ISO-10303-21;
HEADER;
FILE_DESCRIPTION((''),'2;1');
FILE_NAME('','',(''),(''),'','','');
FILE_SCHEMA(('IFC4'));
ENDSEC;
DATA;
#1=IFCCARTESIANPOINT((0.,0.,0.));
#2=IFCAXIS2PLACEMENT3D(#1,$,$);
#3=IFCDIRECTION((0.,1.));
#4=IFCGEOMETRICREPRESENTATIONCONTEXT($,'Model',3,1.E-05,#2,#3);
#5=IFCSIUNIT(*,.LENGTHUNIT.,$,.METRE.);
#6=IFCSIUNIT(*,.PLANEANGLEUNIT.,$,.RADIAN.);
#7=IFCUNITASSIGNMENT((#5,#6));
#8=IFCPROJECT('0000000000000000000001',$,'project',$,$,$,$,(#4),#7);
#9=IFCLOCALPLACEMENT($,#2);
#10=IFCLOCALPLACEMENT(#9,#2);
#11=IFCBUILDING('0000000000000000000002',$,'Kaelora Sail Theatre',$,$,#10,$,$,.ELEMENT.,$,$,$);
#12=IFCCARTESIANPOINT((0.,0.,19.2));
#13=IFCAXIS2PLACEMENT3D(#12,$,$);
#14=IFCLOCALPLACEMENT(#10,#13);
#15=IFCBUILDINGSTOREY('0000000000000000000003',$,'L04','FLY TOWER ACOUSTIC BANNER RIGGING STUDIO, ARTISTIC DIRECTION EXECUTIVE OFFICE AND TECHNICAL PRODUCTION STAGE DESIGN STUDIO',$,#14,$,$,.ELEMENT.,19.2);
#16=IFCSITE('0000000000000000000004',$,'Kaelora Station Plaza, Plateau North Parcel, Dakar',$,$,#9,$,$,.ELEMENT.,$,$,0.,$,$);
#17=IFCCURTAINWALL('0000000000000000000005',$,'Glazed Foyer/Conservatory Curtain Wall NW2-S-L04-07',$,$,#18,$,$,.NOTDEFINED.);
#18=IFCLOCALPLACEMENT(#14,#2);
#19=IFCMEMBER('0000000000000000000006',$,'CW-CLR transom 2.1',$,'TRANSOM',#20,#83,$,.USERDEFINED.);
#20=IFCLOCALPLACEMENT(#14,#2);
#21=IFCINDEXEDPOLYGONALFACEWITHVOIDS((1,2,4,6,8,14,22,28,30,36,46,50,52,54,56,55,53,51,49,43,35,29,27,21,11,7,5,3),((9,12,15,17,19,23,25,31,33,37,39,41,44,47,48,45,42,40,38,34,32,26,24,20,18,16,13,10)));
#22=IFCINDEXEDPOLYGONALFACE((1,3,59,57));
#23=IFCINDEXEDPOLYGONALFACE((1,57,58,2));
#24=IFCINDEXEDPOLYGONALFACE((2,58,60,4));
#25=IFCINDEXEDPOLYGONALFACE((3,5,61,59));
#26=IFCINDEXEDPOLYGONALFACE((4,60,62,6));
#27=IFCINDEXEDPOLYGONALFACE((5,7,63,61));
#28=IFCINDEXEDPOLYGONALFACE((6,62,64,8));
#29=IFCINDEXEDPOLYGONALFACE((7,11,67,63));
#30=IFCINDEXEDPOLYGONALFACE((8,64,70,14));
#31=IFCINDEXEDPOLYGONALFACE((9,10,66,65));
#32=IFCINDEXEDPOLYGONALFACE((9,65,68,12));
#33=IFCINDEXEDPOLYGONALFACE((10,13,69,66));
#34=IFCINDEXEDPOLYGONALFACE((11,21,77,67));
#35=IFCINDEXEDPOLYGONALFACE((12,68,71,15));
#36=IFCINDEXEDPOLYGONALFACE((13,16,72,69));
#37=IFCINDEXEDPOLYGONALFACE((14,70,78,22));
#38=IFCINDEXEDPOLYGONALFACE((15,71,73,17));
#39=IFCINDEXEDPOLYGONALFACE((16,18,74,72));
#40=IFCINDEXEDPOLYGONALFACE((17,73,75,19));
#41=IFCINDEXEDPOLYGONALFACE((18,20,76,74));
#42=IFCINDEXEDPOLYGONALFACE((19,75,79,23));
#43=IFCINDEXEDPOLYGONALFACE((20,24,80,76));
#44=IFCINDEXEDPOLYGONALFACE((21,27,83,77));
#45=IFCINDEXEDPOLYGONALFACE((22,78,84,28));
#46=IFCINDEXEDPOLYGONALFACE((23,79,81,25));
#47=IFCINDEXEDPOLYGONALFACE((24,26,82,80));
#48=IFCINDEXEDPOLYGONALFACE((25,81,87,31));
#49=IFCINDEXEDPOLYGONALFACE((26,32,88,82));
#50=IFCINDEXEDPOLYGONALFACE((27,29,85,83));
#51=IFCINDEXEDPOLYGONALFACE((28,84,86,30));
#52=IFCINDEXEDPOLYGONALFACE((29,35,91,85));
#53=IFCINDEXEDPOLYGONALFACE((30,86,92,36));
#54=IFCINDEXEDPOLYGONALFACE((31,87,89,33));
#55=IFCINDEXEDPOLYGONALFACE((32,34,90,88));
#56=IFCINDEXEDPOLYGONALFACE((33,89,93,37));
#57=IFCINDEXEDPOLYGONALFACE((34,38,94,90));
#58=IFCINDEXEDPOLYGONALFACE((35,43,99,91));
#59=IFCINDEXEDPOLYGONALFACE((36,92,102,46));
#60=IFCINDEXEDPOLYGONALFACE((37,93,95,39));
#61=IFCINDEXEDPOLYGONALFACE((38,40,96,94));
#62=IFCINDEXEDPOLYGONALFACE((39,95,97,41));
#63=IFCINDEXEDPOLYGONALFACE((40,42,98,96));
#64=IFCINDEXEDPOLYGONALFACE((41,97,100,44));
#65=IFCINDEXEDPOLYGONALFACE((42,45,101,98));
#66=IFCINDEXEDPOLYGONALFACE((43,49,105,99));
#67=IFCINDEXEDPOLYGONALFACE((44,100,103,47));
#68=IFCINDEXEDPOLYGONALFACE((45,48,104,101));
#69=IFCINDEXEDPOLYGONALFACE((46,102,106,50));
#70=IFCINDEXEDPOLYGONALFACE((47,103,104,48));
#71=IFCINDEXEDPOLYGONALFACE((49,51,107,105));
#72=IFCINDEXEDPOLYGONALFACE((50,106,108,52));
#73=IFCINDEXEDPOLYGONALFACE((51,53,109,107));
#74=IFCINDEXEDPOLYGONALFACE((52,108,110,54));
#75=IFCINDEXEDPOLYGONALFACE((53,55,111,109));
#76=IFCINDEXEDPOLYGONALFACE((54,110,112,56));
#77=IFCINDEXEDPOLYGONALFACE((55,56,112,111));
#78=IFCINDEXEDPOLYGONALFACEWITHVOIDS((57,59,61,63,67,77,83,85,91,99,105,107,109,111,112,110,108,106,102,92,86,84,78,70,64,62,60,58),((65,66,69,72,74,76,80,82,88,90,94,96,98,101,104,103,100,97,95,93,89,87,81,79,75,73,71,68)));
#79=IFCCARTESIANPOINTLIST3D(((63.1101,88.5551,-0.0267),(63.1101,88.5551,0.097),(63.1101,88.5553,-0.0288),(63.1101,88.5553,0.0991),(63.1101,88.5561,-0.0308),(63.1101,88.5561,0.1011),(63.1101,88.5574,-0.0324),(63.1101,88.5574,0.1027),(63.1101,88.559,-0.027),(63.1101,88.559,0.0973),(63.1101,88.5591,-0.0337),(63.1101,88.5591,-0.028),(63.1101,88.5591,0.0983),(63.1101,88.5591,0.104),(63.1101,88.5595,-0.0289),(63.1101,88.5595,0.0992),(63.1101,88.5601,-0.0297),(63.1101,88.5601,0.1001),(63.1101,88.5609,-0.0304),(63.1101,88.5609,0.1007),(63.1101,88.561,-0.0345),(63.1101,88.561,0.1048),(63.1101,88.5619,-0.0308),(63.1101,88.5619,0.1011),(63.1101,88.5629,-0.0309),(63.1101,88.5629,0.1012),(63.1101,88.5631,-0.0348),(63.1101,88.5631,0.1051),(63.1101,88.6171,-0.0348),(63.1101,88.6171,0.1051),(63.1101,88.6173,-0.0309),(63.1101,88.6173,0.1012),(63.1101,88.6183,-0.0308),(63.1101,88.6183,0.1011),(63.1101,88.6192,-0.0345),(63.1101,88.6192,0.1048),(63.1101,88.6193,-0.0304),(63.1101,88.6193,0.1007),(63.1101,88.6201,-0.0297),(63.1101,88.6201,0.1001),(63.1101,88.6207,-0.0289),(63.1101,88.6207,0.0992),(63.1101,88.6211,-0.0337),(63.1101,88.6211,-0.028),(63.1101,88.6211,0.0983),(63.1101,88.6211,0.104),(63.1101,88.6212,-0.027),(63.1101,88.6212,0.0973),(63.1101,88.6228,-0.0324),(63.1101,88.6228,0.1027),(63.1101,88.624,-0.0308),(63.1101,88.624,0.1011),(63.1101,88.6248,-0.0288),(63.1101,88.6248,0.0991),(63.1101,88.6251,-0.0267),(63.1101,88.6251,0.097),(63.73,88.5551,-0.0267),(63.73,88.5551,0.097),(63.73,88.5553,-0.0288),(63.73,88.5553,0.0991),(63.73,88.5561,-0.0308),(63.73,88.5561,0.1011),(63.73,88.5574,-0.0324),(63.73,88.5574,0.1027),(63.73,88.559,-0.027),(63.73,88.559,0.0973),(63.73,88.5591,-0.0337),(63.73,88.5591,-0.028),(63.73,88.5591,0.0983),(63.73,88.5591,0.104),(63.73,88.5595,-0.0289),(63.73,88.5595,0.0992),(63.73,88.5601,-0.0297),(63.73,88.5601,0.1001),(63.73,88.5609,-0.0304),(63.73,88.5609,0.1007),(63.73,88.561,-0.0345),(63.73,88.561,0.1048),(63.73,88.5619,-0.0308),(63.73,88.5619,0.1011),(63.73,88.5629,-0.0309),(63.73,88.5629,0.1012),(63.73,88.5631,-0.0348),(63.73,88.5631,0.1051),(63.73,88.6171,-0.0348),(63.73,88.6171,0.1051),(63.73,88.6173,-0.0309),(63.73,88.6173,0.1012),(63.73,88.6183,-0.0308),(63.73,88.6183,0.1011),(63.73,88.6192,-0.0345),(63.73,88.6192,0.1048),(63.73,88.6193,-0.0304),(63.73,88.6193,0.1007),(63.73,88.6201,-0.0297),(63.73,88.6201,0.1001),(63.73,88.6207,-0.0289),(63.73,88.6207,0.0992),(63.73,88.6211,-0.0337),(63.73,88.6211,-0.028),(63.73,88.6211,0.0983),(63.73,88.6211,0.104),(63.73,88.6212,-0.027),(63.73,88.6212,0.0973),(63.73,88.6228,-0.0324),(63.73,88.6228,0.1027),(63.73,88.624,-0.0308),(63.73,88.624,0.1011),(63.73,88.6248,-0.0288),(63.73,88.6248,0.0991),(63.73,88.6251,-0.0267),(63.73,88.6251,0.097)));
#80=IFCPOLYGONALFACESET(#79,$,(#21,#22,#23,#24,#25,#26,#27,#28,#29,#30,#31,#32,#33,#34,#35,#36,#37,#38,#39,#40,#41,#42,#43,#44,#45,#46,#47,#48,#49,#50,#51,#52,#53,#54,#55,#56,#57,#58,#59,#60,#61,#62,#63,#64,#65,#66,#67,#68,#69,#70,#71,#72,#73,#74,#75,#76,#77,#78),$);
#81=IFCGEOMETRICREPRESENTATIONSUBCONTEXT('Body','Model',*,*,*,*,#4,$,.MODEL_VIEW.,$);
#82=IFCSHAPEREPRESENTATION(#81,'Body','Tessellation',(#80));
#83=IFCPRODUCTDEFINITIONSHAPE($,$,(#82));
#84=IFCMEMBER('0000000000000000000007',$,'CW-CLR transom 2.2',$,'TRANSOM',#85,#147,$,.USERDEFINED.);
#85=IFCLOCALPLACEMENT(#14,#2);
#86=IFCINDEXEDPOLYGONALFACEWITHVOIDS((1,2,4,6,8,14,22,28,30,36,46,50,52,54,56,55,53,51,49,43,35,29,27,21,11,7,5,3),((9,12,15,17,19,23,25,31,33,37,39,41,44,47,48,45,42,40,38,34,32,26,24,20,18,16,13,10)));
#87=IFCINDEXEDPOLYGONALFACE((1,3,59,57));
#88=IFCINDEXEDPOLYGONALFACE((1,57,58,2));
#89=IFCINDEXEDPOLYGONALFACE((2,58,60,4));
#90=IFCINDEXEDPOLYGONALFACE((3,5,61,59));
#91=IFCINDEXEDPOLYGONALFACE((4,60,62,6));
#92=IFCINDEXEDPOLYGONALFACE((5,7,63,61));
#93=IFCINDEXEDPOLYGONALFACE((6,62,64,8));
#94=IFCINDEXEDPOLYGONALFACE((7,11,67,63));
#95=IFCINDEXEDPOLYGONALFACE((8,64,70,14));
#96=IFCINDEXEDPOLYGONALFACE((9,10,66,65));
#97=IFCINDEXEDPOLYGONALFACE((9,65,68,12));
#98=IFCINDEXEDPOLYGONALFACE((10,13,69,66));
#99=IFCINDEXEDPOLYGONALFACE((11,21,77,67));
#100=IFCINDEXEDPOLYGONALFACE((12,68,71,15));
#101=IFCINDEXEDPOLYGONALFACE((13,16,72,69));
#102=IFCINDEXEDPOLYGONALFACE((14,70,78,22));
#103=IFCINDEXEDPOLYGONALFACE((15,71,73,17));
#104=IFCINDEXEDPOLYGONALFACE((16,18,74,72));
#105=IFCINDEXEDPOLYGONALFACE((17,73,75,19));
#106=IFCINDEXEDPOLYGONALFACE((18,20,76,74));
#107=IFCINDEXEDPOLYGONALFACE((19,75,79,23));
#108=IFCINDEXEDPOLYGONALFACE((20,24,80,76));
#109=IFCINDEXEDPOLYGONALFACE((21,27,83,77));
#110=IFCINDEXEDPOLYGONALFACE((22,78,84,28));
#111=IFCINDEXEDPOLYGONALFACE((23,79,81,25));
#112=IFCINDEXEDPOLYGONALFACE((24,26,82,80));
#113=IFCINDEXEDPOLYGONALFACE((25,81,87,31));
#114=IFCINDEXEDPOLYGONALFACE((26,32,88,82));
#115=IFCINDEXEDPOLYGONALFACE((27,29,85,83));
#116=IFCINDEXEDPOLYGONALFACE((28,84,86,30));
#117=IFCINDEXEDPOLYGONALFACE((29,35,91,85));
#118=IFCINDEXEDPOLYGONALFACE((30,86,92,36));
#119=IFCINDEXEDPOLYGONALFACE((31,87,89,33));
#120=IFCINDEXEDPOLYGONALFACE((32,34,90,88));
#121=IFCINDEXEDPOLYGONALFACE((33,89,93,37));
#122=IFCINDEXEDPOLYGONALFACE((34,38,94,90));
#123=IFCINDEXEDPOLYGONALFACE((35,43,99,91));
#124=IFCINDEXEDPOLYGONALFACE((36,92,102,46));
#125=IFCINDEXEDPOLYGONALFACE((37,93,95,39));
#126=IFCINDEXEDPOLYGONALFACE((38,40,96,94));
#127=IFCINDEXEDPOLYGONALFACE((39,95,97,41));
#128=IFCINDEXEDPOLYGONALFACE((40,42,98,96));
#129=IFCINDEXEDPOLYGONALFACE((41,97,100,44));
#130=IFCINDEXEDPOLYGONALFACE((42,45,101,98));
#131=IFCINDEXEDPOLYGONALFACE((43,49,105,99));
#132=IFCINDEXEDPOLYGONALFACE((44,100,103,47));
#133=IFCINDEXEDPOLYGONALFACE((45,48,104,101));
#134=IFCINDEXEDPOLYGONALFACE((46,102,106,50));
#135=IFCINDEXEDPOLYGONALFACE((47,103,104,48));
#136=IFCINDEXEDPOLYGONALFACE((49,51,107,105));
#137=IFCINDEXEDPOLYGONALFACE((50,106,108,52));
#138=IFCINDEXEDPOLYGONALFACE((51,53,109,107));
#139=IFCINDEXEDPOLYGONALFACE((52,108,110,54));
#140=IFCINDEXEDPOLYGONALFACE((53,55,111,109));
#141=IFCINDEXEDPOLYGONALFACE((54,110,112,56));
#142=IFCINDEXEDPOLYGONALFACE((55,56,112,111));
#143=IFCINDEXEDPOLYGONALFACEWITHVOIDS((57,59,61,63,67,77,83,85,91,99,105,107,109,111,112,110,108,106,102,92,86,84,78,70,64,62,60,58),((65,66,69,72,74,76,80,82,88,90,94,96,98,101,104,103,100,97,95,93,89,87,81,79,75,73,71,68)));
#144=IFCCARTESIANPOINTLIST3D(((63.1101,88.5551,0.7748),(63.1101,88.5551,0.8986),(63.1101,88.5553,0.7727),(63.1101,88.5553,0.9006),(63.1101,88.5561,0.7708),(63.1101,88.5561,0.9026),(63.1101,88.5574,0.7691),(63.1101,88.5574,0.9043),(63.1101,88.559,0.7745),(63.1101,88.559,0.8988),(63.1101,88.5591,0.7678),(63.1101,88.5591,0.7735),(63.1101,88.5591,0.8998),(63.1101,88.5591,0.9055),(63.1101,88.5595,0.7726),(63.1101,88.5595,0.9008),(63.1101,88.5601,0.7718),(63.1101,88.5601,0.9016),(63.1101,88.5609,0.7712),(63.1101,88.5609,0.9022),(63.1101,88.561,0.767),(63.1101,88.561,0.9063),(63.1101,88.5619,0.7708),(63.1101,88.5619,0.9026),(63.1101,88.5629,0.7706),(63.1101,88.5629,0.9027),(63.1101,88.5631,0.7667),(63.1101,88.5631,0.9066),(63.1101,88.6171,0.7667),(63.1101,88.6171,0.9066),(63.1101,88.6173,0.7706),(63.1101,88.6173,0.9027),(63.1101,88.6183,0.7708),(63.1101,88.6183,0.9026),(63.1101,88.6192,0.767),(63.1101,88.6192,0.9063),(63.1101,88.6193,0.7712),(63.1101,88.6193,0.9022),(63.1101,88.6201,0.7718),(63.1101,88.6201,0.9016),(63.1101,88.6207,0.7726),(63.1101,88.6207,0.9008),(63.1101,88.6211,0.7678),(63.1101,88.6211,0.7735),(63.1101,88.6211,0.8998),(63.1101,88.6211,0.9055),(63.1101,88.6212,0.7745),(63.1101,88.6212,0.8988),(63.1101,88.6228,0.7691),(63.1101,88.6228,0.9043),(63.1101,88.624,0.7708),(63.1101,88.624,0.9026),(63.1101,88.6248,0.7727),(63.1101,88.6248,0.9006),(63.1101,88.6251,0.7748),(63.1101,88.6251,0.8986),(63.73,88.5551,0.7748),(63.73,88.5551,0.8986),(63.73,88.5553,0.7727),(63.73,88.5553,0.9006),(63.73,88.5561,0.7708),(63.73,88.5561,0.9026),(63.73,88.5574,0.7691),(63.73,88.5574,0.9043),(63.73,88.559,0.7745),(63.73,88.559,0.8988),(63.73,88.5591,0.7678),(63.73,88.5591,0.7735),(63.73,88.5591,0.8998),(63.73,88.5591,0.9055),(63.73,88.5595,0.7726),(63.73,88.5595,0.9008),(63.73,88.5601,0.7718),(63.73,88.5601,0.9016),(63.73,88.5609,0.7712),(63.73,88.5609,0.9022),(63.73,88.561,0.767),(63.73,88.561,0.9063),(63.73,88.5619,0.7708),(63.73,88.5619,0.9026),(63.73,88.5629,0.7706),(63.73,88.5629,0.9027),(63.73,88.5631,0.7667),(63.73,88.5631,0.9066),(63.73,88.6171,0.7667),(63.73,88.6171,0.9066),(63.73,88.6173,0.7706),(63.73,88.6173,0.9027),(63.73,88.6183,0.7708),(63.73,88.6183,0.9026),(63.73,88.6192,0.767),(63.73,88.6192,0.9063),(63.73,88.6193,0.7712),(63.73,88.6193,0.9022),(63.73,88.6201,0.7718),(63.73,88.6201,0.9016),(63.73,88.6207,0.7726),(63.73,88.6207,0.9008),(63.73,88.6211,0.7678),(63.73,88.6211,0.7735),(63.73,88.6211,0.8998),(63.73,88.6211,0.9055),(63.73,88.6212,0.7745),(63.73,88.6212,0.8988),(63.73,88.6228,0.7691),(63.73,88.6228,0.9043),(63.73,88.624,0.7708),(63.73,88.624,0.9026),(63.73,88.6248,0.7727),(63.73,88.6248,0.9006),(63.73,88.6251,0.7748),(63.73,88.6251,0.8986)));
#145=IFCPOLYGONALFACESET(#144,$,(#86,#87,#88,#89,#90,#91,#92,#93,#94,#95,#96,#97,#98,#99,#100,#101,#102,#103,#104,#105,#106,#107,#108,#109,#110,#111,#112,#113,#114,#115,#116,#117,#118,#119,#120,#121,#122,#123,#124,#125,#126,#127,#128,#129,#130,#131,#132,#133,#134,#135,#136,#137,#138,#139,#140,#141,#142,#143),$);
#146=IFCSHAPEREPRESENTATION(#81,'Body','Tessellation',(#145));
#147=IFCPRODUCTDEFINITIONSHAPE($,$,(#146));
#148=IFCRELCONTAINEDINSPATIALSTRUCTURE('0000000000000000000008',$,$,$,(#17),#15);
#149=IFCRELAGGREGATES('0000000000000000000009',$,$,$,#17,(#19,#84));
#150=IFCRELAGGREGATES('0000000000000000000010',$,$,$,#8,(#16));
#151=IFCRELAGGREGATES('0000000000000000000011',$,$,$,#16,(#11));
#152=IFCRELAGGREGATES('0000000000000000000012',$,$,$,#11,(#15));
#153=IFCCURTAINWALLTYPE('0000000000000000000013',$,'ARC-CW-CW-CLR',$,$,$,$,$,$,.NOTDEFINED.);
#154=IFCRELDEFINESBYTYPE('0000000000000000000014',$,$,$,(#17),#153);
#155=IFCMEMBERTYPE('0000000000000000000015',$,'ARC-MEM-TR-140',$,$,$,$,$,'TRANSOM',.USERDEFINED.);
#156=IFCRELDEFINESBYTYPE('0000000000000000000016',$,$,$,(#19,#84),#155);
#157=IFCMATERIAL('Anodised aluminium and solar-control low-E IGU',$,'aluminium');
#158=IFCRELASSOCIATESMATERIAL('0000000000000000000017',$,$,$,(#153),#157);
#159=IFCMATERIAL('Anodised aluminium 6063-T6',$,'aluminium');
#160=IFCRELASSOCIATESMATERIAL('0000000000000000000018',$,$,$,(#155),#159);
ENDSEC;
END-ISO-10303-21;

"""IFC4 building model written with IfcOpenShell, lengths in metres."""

from ifc_helpers import new_model, si_unit, direction, frame, origin, origin_2d, place, context, subcontext, project, spatial, hollow_rectangle, extrude, material, material_profile, profile_set, type_object, element, aggregate, save


model = new_model("IFC4")

# Units and contexts
model_context = context("Model", 3, precision=1e-05, world=origin(), true_north=direction((0.0, 1.0)))
body_context = subcontext(model_context, "Body", "Model", "MODEL_VIEW")
ifc_project = project(units=[si_unit("LENGTHUNIT", "METRE"), si_unit("PLANEANGLEUNIT", "RADIAN")], contexts=[model_context])

# Site, building, storey
site_placement = place(None, origin())
site = spatial("IfcSite", under=ifc_project, at=site_placement, Name="Kaelora Station Plaza, Plateau North Parcel, Dakar", CompositionType="ELEMENT", RefElevation=0.0)
building_placement = place(site_placement, origin())
building = spatial("IfcBuilding", under=site, at=building_placement, Name="Kaelora Sail Theatre", CompositionType="ELEMENT")
storey_placement = place(building_placement, frame((0.0, 0.0, 19.2)))
storey = spatial("IfcBuildingStorey", under=building, at=storey_placement, Name="L04", Description="FLY TOWER ACOUSTIC BANNER RIGGING STUDIO, ARTISTIC DIRECTION EXECUTIVE OFFICE AND TECHNICAL PRODUCTION STAGE DESIGN STUDIO", CompositionType="ELEMENT", Elevation=19.2)

# Curtain wall, members
ifc_material_1 = material(Name="Anodised aluminium and solar-control low-E IGU", Category="aluminium")
curtain_wall_type = type_object("IfcCurtainWallType", Name="ARC-CW-CW-CLR", PredefinedType="NOTDEFINED", material=ifc_material_1)
curtain_wall_placement = place(storey_placement, origin())
curtain_wall = element("IfcCurtainWall", 1, at=curtain_wall_placement, inside=storey, type_object=curtain_wall_type, Name="Glazed Foyer/Conservatory Curtain Wall NW2-S-L04-07", PredefinedType="NOTDEFINED")
ifc_material_2 = material(Name="Anodised aluminium 6063-T6", Category="aluminium")
ifc_material_profile_1 = material_profile(ifc_material_2, hollow_rectangle(XDim=0.0701, YDim=0.1399, WallThickness=0.0039, InnerFilletRadius=0.0039, OuterFilletRadius=0.0081, at=origin_2d()), Name="ALU-TRAN 70x140x4")
ifc_profile_set_1 = profile_set([ifc_material_profile_1], Name="Anodised aluminium 6063-T6")
member_type_1 = type_object("IfcMemberType", Name="ARC-MEM-TR-140", ElementType="TRANSOM", PredefinedType="USERDEFINED", material=ifc_profile_set_1)
member_1_placement = place(storey_placement, frame((63.1101, 88.5901, 0.0352), z_axis=(1.0, 0.0, 0.0), x_axis=(0.0, 1.0, 0.0)))
member_1 = element("IfcMember", 2, at=member_1_placement, type_object=member_type_1, Name="CW-CLR transom 2.1", ObjectType="TRANSOM", PredefinedType="USERDEFINED", context=body_context, shape_type="SweptSolid", body=[
    extrude(hollow_rectangle(XDim=0.0701, YDim=0.1399, WallThickness=0.0039, InnerFilletRadius=0.0039, OuterFilletRadius=0.0081, at=origin_2d()), origin(), (0.0, 0.0, 1.0), 0.6199),
])
member_2_placement = place(storey_placement, frame((63.1101, 88.5901, 0.8367), z_axis=(1.0, 0.0, 0.0), x_axis=(0.0, 1.0, 0.0)))
member_2 = element("IfcMember", 3, at=member_2_placement, type_object=member_type_1, Name="CW-CLR transom 2.2", ObjectType="TRANSOM", PredefinedType="USERDEFINED", context=body_context, shape_type="SweptSolid", body=[
    extrude(hollow_rectangle(XDim=0.0701, YDim=0.1399, WallThickness=0.0039, InnerFilletRadius=0.0039, OuterFilletRadius=0.0081, at=origin_2d()), origin(), (0.0, 0.0, 1.0), 0.6199),
])
aggregate(curtain_wall, [member_1, member_2])

save(model, "model.ifc")
